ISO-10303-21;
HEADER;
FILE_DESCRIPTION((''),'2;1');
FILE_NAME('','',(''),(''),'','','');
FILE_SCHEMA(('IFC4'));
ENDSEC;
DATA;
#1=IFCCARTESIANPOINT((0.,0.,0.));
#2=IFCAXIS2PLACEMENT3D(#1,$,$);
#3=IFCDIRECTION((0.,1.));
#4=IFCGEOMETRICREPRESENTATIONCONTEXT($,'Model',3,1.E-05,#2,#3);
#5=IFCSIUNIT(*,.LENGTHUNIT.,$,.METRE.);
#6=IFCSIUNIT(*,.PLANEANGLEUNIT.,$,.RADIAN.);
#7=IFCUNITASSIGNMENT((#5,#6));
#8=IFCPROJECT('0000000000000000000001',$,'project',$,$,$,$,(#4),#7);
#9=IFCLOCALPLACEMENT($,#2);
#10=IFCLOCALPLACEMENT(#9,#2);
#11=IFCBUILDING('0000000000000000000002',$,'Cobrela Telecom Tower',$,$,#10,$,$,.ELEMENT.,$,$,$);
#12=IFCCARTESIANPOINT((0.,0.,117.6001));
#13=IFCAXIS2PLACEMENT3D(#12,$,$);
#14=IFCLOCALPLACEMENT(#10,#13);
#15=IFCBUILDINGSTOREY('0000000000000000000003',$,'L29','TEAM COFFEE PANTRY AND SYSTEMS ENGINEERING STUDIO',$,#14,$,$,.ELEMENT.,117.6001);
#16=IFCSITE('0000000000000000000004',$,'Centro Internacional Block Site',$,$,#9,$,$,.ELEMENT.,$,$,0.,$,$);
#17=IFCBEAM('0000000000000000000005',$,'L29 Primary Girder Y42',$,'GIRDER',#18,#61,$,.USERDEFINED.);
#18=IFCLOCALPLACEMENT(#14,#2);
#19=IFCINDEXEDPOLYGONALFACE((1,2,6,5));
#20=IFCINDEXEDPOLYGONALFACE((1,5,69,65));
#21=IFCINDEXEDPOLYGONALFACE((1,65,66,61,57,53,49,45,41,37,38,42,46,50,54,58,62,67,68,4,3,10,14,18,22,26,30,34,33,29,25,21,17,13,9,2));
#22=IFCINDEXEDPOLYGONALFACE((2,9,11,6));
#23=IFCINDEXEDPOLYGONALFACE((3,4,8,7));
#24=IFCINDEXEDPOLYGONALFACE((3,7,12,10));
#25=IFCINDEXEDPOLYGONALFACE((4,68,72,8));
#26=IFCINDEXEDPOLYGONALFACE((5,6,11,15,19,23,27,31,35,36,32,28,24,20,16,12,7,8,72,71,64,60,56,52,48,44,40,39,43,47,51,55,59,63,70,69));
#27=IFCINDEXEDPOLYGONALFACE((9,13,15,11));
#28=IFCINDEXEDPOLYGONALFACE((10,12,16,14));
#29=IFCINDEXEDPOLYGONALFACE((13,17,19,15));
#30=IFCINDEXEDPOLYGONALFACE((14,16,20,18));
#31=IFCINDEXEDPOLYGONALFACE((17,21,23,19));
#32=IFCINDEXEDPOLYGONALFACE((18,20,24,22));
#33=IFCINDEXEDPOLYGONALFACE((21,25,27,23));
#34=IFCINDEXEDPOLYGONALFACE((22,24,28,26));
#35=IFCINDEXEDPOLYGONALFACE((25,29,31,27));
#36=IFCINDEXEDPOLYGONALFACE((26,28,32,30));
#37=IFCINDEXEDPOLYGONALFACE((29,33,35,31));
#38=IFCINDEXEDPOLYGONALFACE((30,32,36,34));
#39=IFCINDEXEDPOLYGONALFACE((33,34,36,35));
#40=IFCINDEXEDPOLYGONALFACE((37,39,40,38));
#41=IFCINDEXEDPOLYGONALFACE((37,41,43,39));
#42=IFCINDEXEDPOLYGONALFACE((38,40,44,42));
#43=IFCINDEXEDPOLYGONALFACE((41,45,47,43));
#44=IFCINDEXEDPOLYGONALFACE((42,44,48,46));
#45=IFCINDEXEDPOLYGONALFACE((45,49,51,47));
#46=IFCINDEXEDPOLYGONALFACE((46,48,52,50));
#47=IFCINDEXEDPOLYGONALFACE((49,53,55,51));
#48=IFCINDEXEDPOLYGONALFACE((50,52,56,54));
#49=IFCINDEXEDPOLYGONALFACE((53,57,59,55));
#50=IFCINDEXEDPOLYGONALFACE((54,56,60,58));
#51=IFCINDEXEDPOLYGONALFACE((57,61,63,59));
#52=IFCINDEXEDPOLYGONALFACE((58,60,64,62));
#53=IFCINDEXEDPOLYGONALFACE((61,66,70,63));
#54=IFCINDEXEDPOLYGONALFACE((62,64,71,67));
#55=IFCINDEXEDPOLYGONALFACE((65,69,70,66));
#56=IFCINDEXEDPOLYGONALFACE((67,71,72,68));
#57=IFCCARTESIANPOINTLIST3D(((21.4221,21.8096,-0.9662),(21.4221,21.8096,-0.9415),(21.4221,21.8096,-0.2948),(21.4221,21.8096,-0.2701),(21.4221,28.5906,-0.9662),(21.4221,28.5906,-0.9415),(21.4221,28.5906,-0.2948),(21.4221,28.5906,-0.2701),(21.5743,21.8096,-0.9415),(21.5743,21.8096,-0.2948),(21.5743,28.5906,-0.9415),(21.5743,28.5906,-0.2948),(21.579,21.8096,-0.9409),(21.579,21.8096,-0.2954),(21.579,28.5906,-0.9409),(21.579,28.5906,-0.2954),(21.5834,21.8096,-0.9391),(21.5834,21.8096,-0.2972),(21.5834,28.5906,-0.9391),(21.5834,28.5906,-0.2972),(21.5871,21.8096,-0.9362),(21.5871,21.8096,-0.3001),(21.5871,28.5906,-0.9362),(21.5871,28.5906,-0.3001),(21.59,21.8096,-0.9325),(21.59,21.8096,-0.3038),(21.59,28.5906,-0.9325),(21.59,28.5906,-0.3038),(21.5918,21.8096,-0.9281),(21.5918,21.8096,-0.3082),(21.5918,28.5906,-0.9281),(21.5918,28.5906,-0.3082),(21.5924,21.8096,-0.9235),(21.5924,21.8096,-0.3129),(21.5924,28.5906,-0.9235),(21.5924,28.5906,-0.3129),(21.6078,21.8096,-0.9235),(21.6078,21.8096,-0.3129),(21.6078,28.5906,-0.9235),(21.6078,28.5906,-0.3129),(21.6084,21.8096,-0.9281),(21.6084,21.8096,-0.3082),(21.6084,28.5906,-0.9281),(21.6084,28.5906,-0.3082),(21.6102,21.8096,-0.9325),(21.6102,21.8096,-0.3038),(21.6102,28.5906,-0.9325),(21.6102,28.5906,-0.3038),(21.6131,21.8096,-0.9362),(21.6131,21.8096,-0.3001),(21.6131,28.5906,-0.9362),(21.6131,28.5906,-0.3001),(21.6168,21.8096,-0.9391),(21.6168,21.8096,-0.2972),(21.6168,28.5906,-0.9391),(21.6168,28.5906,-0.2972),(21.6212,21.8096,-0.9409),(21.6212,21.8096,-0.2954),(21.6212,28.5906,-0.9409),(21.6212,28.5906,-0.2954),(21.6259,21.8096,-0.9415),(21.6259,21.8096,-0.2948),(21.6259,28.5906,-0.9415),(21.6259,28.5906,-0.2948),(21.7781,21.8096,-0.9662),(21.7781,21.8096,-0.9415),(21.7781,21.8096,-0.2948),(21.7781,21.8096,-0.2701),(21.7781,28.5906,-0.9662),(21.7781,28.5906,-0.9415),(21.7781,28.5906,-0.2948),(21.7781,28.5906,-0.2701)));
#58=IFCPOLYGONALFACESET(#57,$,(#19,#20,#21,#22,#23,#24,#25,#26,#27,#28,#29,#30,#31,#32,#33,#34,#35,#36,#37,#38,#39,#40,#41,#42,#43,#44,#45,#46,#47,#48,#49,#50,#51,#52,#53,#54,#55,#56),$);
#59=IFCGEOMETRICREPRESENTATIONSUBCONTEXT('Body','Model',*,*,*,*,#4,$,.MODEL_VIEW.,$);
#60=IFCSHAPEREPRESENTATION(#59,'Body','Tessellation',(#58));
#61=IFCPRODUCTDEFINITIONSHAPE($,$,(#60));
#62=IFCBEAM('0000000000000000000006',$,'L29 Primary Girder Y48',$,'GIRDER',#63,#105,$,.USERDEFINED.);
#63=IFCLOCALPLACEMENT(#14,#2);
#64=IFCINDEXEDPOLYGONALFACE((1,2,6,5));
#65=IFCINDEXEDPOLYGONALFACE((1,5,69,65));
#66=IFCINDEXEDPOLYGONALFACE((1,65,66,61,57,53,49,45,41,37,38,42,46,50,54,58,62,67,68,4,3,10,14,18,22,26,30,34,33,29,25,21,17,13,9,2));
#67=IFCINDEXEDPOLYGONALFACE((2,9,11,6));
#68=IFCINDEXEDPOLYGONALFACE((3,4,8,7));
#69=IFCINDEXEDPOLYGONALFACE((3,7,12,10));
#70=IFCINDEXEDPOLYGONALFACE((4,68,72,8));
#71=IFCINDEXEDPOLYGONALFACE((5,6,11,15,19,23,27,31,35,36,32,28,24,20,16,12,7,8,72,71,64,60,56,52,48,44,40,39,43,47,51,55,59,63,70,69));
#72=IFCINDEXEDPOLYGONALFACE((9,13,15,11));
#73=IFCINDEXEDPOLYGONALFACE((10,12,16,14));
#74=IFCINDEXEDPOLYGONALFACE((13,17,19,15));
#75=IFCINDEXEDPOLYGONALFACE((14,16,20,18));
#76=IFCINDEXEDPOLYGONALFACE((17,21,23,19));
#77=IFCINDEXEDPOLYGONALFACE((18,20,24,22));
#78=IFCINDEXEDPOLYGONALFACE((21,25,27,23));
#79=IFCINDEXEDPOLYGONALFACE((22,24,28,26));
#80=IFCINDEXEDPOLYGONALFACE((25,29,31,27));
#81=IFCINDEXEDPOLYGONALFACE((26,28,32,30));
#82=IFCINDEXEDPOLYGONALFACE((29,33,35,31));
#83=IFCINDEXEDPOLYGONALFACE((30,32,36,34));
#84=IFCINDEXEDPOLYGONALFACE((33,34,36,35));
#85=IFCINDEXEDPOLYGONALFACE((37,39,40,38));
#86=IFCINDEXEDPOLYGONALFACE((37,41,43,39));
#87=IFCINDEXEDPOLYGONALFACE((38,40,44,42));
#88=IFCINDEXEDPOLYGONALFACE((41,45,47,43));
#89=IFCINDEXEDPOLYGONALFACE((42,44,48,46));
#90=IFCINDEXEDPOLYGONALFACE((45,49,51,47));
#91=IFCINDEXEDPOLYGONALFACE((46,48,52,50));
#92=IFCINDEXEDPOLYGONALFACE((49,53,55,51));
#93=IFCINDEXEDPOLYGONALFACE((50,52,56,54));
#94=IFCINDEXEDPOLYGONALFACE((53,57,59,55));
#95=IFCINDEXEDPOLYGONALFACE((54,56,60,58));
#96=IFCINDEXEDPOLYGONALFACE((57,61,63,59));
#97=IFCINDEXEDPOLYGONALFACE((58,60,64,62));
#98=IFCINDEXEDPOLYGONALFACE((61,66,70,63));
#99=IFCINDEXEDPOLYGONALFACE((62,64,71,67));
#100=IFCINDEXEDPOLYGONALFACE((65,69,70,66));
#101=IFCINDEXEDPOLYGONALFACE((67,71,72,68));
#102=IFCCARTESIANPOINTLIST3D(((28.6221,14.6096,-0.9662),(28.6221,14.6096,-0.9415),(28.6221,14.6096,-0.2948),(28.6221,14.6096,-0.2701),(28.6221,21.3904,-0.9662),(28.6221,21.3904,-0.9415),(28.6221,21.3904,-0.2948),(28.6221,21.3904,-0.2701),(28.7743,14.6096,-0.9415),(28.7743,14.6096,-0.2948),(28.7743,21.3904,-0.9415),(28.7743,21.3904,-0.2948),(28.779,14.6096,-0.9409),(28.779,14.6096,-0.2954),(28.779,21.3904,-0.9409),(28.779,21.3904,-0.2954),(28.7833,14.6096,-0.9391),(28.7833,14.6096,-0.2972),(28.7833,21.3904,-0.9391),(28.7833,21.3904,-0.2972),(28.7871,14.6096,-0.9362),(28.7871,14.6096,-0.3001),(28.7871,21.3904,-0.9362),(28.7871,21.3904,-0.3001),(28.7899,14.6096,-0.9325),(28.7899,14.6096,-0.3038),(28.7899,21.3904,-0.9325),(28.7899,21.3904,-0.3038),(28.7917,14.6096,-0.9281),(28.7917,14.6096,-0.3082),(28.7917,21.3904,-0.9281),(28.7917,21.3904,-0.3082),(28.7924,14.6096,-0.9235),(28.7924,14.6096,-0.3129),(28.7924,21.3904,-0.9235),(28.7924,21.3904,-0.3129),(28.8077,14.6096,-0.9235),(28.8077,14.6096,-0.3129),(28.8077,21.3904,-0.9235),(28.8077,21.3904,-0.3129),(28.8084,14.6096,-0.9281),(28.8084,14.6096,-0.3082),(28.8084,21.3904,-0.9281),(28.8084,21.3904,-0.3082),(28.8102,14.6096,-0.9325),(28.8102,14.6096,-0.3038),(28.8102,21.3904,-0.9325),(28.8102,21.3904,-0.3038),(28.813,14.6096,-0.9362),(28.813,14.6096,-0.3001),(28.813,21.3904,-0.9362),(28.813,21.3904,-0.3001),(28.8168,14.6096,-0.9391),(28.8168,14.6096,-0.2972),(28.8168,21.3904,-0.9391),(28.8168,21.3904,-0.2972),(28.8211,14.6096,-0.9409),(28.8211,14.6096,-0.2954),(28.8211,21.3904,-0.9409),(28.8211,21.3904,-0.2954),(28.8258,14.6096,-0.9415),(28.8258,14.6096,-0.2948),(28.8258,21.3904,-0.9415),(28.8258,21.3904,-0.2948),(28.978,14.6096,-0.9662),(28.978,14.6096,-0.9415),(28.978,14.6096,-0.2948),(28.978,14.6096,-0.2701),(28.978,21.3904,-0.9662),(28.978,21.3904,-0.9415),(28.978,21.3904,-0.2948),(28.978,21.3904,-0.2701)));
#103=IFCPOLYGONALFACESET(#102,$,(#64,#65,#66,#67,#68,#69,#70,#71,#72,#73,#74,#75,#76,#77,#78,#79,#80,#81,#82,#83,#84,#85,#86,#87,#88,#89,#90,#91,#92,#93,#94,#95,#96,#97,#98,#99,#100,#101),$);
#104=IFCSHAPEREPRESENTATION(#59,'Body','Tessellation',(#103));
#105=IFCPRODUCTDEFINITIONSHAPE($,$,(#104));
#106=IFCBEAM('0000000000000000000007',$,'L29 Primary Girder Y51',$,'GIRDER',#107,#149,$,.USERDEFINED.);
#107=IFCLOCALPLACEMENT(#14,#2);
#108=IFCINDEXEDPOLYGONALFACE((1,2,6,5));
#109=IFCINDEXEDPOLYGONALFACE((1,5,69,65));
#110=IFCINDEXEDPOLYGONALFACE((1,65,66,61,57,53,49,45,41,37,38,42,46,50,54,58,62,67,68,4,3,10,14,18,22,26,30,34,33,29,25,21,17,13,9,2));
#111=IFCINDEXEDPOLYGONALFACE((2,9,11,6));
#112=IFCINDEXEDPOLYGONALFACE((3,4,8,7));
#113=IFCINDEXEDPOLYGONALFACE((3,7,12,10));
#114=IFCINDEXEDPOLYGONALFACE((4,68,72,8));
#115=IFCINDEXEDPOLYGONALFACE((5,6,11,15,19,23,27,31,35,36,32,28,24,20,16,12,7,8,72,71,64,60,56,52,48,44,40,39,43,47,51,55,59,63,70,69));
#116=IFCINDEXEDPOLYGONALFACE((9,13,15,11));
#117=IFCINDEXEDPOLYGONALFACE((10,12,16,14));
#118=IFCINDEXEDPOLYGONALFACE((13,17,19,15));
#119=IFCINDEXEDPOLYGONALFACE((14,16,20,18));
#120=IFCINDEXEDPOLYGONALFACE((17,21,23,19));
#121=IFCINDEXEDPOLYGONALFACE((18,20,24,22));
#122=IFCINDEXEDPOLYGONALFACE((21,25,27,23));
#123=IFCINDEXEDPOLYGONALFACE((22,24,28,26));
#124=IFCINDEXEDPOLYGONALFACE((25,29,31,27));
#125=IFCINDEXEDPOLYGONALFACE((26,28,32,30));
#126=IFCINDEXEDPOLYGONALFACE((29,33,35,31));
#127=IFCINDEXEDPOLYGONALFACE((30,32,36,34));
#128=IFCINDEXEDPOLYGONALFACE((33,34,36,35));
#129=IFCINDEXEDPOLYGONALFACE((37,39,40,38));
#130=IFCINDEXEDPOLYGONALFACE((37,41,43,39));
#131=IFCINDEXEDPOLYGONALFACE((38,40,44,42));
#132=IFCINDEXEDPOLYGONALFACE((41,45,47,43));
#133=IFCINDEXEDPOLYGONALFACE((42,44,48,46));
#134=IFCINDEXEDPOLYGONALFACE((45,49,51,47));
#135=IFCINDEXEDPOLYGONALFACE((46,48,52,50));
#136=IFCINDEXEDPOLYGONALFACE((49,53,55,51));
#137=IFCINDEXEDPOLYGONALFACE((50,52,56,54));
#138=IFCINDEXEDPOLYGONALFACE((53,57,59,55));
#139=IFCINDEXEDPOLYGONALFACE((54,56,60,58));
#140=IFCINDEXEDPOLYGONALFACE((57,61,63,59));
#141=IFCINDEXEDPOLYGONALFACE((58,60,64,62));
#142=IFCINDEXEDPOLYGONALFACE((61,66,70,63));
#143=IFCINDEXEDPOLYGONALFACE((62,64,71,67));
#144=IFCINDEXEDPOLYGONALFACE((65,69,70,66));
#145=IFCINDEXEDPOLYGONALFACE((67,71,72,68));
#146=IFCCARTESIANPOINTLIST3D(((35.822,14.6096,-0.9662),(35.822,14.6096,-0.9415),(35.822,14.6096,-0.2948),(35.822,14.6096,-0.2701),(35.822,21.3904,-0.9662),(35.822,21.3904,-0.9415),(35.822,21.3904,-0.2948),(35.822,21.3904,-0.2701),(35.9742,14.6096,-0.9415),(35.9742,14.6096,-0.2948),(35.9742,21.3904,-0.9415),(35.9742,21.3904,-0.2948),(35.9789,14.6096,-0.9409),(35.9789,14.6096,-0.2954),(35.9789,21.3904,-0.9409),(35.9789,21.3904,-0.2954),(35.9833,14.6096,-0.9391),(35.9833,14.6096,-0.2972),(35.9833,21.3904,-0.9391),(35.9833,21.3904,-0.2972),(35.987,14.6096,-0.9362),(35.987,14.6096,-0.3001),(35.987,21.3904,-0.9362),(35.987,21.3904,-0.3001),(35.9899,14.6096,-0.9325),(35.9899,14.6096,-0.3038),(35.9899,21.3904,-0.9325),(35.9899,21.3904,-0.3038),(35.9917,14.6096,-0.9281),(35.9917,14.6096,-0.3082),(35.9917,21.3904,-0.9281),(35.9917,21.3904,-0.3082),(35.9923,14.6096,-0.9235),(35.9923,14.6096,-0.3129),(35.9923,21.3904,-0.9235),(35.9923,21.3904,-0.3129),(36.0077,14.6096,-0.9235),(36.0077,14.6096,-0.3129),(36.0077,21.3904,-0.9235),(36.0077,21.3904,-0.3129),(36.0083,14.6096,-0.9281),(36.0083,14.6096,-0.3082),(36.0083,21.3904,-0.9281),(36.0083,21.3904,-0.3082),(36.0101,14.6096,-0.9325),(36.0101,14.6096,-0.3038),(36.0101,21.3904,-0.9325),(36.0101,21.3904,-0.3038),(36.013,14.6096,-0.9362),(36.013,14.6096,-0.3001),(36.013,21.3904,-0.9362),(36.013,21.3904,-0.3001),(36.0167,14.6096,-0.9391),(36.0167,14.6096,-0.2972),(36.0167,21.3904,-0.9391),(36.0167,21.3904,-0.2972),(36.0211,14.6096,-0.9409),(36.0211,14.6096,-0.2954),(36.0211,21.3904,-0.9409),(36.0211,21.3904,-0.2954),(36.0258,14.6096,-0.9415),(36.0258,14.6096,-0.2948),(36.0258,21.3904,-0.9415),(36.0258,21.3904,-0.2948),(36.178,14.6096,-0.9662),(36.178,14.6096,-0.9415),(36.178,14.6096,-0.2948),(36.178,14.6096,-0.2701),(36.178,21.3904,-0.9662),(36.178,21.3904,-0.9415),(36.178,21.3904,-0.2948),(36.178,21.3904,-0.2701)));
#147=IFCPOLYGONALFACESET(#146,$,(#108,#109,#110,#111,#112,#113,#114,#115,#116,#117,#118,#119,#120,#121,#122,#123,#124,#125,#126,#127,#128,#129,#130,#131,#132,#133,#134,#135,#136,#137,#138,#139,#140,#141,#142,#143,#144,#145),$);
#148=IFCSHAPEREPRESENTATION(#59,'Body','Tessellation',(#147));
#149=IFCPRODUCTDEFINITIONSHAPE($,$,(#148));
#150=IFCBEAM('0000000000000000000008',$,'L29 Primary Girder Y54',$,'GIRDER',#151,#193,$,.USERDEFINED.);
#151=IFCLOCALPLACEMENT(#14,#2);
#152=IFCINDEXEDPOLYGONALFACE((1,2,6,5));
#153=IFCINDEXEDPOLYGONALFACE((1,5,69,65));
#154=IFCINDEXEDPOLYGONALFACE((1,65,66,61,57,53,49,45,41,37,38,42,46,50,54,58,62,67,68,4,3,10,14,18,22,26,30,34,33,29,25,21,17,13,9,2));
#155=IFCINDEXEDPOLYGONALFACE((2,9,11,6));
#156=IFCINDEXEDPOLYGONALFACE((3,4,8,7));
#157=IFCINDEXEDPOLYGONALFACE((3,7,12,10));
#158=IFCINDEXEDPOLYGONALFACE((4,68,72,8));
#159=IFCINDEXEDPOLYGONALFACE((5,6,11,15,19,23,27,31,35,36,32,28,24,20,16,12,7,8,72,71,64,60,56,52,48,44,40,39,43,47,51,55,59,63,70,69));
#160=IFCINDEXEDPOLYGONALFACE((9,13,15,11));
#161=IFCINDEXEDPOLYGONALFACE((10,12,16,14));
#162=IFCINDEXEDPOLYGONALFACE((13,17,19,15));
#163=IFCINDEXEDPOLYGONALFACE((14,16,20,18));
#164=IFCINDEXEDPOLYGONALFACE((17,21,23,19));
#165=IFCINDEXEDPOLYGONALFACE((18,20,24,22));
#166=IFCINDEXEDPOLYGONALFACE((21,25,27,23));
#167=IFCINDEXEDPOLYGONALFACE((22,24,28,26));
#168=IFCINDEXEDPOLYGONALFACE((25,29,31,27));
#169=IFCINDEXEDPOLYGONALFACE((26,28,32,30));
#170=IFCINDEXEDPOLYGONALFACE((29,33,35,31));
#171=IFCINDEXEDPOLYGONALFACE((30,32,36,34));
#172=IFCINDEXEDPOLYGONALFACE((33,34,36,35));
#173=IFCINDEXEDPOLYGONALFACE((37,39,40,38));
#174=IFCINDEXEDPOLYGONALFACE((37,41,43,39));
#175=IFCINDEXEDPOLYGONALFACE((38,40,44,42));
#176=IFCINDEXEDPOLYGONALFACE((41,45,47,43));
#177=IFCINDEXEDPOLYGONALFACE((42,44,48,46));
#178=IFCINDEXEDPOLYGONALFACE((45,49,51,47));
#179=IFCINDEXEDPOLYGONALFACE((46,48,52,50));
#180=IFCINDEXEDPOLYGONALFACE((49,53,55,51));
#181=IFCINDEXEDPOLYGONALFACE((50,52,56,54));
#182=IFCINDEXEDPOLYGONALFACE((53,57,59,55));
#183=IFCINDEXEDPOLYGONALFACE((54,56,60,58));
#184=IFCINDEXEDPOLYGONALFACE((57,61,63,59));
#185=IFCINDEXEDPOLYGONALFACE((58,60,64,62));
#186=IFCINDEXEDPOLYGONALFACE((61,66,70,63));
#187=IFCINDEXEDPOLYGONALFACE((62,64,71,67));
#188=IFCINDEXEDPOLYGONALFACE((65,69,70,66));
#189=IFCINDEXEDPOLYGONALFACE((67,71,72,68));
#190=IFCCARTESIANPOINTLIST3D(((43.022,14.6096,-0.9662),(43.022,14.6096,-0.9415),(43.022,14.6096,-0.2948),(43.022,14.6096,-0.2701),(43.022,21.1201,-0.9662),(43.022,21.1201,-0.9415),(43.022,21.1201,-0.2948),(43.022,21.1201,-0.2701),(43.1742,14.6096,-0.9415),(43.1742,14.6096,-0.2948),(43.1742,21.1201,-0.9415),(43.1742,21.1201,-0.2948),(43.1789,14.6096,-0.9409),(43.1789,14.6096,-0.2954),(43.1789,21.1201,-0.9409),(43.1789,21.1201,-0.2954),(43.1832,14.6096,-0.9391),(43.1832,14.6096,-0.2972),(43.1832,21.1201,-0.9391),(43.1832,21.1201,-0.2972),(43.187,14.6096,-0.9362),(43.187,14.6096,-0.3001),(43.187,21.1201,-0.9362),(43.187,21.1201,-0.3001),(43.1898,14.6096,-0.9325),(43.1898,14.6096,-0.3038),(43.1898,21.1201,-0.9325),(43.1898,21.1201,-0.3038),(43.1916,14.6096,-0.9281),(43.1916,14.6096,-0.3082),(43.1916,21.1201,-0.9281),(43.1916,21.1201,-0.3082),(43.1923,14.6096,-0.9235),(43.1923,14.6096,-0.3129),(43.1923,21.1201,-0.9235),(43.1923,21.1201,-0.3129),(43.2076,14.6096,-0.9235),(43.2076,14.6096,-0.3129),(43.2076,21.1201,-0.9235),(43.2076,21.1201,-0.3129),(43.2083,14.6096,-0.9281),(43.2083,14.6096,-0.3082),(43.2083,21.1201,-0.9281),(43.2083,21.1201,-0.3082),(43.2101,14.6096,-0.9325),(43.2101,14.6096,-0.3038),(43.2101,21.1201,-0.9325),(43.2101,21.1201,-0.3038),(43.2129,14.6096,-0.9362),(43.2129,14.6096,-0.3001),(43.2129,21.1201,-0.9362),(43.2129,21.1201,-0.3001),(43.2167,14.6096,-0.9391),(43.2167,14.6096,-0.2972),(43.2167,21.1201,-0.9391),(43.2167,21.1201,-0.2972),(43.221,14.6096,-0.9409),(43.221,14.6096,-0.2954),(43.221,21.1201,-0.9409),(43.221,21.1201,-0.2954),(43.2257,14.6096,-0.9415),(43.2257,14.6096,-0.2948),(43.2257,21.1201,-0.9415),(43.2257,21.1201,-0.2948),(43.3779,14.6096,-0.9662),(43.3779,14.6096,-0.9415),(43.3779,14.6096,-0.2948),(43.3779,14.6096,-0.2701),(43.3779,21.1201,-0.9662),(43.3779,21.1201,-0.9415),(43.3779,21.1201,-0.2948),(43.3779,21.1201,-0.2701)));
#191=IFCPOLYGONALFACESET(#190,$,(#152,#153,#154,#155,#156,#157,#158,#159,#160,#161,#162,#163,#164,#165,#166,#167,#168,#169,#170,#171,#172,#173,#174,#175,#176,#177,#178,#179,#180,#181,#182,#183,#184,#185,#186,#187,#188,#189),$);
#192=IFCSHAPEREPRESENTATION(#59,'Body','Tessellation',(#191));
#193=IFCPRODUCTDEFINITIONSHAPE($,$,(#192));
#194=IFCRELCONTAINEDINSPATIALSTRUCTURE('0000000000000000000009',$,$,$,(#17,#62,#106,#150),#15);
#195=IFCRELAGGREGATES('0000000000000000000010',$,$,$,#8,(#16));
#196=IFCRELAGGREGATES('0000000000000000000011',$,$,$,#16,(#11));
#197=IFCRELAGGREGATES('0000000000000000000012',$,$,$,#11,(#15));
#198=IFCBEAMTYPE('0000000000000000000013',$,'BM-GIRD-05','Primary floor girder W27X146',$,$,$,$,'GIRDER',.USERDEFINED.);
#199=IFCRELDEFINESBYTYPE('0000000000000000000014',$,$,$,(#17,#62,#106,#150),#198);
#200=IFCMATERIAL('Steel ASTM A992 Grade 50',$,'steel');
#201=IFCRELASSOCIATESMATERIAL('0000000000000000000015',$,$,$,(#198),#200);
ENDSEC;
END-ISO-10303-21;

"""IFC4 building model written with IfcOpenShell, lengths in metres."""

from ifc_helpers import new_model, si_unit, direction, frame, origin, origin_2d, place, context, subcontext, project, spatial, i_section, extrude, material, material_profile, profile_set, type_object, element, save


model = new_model("IFC4")

# Units and contexts
model_context = context("Model", 3, precision=1e-05, world=origin(), true_north=direction((0.0, 1.0)))
body_context = subcontext(model_context, "Body", "Model", "MODEL_VIEW")
ifc_project = project(units=[si_unit("LENGTHUNIT", "METRE"), si_unit("PLANEANGLEUNIT", "RADIAN")], contexts=[model_context])

# Site, building, storey
site_placement = place(None, origin())
site = spatial("IfcSite", under=ifc_project, at=site_placement, Name="Centro Internacional Block Site", CompositionType="ELEMENT", RefElevation=0.0)
building_placement = place(site_placement, origin())
building = spatial("IfcBuilding", under=site, at=building_placement, Name="Cobrela Telecom Tower", CompositionType="ELEMENT")
storey_placement = place(building_placement, frame((0.0, 0.0, 117.6001)))
storey = spatial("IfcBuildingStorey", under=building, at=storey_placement, Name="L29", Description="TEAM COFFEE PANTRY AND SYSTEMS ENGINEERING STUDIO", CompositionType="ELEMENT", Elevation=117.6001)

# Shared definitions
ifc_material_1 = material(Name="Steel ASTM A992 Grade 50", Category="steel")

# Beams
ifc_material_profile_1 = material_profile(ifc_material_1, i_section(OverallWidth=0.356, OverallDepth=0.696, WebThickness=0.0154, FlangeThickness=0.0247, FilletRadius=0.0181, at=origin_2d()), Name="W27X146")
ifc_profile_set_1 = profile_set([ifc_material_profile_1], Name="Steel ASTM A992 Grade 50")
beam_type_1 = type_object("IfcBeamType", Name="BM-GIRD-05", Description="Primary floor girder W27X146", ElementType="GIRDER", PredefinedType="USERDEFINED", material=ifc_profile_set_1)
beam_1_placement = place(storey_placement, frame((21.6001, 21.8096, -0.6182), z_axis=(0.0, 1.0, 0.0), x_axis=(-1.0, 0.0, 0.0)))
element("IfcBeam", 1, at=beam_1_placement, inside=storey, type_object=beam_type_1, Name="L29 Primary Girder Y42", ObjectType="GIRDER", PredefinedType="USERDEFINED", context=body_context, shape_type="SweptSolid", body=[
    extrude(i_section(OverallWidth=0.356, OverallDepth=0.696, WebThickness=0.0154, FlangeThickness=0.0247, FilletRadius=0.0181, at=origin_2d()), origin(), (0.0, 0.0, 1.0), 6.781),
])
for number, where, z_axis, x_axis, name in (
    (2, (28.8, 14.6096, -0.6182), (0.0, 1.0, 0.0), (-1.0, 0.0, 0.0), "L29 Primary Girder Y48"),
    (3, (36.0, 14.6096, -0.6182), (0.0, 1.0, 0.0), (-1.0, 0.0, 0.0), "L29 Primary Girder Y51"),
):
    element("IfcBeam", number, at=place(storey_placement, frame(where, z_axis=z_axis, x_axis=x_axis)), inside=storey, type_object=beam_type_1, Name=name, ObjectType="GIRDER", PredefinedType="USERDEFINED", context=body_context, shape_type="SweptSolid", body=[
        extrude(i_section(OverallWidth=0.356, OverallDepth=0.696, WebThickness=0.0154, FlangeThickness=0.0247, FilletRadius=0.0181, at=origin_2d()), origin(), (0.0, 0.0, 1.0), 6.7808),
    ])
beam_2_placement = place(storey_placement, frame((43.2, 14.6096, -0.6182), z_axis=(0.0, 1.0, 0.0), x_axis=(-1.0, 0.0, 0.0)))
element("IfcBeam", 4, at=beam_2_placement, inside=storey, type_object=beam_type_1, Name="L29 Primary Girder Y54", ObjectType="GIRDER", PredefinedType="USERDEFINED", context=body_context, shape_type="SweptSolid", body=[
    extrude(i_section(OverallWidth=0.356, OverallDepth=0.696, WebThickness=0.0154, FlangeThickness=0.0247, FilletRadius=0.0181, at=origin_2d()), origin(), (0.0, 0.0, 1.0), 6.5105),
])

save(model, "model.ifc")
